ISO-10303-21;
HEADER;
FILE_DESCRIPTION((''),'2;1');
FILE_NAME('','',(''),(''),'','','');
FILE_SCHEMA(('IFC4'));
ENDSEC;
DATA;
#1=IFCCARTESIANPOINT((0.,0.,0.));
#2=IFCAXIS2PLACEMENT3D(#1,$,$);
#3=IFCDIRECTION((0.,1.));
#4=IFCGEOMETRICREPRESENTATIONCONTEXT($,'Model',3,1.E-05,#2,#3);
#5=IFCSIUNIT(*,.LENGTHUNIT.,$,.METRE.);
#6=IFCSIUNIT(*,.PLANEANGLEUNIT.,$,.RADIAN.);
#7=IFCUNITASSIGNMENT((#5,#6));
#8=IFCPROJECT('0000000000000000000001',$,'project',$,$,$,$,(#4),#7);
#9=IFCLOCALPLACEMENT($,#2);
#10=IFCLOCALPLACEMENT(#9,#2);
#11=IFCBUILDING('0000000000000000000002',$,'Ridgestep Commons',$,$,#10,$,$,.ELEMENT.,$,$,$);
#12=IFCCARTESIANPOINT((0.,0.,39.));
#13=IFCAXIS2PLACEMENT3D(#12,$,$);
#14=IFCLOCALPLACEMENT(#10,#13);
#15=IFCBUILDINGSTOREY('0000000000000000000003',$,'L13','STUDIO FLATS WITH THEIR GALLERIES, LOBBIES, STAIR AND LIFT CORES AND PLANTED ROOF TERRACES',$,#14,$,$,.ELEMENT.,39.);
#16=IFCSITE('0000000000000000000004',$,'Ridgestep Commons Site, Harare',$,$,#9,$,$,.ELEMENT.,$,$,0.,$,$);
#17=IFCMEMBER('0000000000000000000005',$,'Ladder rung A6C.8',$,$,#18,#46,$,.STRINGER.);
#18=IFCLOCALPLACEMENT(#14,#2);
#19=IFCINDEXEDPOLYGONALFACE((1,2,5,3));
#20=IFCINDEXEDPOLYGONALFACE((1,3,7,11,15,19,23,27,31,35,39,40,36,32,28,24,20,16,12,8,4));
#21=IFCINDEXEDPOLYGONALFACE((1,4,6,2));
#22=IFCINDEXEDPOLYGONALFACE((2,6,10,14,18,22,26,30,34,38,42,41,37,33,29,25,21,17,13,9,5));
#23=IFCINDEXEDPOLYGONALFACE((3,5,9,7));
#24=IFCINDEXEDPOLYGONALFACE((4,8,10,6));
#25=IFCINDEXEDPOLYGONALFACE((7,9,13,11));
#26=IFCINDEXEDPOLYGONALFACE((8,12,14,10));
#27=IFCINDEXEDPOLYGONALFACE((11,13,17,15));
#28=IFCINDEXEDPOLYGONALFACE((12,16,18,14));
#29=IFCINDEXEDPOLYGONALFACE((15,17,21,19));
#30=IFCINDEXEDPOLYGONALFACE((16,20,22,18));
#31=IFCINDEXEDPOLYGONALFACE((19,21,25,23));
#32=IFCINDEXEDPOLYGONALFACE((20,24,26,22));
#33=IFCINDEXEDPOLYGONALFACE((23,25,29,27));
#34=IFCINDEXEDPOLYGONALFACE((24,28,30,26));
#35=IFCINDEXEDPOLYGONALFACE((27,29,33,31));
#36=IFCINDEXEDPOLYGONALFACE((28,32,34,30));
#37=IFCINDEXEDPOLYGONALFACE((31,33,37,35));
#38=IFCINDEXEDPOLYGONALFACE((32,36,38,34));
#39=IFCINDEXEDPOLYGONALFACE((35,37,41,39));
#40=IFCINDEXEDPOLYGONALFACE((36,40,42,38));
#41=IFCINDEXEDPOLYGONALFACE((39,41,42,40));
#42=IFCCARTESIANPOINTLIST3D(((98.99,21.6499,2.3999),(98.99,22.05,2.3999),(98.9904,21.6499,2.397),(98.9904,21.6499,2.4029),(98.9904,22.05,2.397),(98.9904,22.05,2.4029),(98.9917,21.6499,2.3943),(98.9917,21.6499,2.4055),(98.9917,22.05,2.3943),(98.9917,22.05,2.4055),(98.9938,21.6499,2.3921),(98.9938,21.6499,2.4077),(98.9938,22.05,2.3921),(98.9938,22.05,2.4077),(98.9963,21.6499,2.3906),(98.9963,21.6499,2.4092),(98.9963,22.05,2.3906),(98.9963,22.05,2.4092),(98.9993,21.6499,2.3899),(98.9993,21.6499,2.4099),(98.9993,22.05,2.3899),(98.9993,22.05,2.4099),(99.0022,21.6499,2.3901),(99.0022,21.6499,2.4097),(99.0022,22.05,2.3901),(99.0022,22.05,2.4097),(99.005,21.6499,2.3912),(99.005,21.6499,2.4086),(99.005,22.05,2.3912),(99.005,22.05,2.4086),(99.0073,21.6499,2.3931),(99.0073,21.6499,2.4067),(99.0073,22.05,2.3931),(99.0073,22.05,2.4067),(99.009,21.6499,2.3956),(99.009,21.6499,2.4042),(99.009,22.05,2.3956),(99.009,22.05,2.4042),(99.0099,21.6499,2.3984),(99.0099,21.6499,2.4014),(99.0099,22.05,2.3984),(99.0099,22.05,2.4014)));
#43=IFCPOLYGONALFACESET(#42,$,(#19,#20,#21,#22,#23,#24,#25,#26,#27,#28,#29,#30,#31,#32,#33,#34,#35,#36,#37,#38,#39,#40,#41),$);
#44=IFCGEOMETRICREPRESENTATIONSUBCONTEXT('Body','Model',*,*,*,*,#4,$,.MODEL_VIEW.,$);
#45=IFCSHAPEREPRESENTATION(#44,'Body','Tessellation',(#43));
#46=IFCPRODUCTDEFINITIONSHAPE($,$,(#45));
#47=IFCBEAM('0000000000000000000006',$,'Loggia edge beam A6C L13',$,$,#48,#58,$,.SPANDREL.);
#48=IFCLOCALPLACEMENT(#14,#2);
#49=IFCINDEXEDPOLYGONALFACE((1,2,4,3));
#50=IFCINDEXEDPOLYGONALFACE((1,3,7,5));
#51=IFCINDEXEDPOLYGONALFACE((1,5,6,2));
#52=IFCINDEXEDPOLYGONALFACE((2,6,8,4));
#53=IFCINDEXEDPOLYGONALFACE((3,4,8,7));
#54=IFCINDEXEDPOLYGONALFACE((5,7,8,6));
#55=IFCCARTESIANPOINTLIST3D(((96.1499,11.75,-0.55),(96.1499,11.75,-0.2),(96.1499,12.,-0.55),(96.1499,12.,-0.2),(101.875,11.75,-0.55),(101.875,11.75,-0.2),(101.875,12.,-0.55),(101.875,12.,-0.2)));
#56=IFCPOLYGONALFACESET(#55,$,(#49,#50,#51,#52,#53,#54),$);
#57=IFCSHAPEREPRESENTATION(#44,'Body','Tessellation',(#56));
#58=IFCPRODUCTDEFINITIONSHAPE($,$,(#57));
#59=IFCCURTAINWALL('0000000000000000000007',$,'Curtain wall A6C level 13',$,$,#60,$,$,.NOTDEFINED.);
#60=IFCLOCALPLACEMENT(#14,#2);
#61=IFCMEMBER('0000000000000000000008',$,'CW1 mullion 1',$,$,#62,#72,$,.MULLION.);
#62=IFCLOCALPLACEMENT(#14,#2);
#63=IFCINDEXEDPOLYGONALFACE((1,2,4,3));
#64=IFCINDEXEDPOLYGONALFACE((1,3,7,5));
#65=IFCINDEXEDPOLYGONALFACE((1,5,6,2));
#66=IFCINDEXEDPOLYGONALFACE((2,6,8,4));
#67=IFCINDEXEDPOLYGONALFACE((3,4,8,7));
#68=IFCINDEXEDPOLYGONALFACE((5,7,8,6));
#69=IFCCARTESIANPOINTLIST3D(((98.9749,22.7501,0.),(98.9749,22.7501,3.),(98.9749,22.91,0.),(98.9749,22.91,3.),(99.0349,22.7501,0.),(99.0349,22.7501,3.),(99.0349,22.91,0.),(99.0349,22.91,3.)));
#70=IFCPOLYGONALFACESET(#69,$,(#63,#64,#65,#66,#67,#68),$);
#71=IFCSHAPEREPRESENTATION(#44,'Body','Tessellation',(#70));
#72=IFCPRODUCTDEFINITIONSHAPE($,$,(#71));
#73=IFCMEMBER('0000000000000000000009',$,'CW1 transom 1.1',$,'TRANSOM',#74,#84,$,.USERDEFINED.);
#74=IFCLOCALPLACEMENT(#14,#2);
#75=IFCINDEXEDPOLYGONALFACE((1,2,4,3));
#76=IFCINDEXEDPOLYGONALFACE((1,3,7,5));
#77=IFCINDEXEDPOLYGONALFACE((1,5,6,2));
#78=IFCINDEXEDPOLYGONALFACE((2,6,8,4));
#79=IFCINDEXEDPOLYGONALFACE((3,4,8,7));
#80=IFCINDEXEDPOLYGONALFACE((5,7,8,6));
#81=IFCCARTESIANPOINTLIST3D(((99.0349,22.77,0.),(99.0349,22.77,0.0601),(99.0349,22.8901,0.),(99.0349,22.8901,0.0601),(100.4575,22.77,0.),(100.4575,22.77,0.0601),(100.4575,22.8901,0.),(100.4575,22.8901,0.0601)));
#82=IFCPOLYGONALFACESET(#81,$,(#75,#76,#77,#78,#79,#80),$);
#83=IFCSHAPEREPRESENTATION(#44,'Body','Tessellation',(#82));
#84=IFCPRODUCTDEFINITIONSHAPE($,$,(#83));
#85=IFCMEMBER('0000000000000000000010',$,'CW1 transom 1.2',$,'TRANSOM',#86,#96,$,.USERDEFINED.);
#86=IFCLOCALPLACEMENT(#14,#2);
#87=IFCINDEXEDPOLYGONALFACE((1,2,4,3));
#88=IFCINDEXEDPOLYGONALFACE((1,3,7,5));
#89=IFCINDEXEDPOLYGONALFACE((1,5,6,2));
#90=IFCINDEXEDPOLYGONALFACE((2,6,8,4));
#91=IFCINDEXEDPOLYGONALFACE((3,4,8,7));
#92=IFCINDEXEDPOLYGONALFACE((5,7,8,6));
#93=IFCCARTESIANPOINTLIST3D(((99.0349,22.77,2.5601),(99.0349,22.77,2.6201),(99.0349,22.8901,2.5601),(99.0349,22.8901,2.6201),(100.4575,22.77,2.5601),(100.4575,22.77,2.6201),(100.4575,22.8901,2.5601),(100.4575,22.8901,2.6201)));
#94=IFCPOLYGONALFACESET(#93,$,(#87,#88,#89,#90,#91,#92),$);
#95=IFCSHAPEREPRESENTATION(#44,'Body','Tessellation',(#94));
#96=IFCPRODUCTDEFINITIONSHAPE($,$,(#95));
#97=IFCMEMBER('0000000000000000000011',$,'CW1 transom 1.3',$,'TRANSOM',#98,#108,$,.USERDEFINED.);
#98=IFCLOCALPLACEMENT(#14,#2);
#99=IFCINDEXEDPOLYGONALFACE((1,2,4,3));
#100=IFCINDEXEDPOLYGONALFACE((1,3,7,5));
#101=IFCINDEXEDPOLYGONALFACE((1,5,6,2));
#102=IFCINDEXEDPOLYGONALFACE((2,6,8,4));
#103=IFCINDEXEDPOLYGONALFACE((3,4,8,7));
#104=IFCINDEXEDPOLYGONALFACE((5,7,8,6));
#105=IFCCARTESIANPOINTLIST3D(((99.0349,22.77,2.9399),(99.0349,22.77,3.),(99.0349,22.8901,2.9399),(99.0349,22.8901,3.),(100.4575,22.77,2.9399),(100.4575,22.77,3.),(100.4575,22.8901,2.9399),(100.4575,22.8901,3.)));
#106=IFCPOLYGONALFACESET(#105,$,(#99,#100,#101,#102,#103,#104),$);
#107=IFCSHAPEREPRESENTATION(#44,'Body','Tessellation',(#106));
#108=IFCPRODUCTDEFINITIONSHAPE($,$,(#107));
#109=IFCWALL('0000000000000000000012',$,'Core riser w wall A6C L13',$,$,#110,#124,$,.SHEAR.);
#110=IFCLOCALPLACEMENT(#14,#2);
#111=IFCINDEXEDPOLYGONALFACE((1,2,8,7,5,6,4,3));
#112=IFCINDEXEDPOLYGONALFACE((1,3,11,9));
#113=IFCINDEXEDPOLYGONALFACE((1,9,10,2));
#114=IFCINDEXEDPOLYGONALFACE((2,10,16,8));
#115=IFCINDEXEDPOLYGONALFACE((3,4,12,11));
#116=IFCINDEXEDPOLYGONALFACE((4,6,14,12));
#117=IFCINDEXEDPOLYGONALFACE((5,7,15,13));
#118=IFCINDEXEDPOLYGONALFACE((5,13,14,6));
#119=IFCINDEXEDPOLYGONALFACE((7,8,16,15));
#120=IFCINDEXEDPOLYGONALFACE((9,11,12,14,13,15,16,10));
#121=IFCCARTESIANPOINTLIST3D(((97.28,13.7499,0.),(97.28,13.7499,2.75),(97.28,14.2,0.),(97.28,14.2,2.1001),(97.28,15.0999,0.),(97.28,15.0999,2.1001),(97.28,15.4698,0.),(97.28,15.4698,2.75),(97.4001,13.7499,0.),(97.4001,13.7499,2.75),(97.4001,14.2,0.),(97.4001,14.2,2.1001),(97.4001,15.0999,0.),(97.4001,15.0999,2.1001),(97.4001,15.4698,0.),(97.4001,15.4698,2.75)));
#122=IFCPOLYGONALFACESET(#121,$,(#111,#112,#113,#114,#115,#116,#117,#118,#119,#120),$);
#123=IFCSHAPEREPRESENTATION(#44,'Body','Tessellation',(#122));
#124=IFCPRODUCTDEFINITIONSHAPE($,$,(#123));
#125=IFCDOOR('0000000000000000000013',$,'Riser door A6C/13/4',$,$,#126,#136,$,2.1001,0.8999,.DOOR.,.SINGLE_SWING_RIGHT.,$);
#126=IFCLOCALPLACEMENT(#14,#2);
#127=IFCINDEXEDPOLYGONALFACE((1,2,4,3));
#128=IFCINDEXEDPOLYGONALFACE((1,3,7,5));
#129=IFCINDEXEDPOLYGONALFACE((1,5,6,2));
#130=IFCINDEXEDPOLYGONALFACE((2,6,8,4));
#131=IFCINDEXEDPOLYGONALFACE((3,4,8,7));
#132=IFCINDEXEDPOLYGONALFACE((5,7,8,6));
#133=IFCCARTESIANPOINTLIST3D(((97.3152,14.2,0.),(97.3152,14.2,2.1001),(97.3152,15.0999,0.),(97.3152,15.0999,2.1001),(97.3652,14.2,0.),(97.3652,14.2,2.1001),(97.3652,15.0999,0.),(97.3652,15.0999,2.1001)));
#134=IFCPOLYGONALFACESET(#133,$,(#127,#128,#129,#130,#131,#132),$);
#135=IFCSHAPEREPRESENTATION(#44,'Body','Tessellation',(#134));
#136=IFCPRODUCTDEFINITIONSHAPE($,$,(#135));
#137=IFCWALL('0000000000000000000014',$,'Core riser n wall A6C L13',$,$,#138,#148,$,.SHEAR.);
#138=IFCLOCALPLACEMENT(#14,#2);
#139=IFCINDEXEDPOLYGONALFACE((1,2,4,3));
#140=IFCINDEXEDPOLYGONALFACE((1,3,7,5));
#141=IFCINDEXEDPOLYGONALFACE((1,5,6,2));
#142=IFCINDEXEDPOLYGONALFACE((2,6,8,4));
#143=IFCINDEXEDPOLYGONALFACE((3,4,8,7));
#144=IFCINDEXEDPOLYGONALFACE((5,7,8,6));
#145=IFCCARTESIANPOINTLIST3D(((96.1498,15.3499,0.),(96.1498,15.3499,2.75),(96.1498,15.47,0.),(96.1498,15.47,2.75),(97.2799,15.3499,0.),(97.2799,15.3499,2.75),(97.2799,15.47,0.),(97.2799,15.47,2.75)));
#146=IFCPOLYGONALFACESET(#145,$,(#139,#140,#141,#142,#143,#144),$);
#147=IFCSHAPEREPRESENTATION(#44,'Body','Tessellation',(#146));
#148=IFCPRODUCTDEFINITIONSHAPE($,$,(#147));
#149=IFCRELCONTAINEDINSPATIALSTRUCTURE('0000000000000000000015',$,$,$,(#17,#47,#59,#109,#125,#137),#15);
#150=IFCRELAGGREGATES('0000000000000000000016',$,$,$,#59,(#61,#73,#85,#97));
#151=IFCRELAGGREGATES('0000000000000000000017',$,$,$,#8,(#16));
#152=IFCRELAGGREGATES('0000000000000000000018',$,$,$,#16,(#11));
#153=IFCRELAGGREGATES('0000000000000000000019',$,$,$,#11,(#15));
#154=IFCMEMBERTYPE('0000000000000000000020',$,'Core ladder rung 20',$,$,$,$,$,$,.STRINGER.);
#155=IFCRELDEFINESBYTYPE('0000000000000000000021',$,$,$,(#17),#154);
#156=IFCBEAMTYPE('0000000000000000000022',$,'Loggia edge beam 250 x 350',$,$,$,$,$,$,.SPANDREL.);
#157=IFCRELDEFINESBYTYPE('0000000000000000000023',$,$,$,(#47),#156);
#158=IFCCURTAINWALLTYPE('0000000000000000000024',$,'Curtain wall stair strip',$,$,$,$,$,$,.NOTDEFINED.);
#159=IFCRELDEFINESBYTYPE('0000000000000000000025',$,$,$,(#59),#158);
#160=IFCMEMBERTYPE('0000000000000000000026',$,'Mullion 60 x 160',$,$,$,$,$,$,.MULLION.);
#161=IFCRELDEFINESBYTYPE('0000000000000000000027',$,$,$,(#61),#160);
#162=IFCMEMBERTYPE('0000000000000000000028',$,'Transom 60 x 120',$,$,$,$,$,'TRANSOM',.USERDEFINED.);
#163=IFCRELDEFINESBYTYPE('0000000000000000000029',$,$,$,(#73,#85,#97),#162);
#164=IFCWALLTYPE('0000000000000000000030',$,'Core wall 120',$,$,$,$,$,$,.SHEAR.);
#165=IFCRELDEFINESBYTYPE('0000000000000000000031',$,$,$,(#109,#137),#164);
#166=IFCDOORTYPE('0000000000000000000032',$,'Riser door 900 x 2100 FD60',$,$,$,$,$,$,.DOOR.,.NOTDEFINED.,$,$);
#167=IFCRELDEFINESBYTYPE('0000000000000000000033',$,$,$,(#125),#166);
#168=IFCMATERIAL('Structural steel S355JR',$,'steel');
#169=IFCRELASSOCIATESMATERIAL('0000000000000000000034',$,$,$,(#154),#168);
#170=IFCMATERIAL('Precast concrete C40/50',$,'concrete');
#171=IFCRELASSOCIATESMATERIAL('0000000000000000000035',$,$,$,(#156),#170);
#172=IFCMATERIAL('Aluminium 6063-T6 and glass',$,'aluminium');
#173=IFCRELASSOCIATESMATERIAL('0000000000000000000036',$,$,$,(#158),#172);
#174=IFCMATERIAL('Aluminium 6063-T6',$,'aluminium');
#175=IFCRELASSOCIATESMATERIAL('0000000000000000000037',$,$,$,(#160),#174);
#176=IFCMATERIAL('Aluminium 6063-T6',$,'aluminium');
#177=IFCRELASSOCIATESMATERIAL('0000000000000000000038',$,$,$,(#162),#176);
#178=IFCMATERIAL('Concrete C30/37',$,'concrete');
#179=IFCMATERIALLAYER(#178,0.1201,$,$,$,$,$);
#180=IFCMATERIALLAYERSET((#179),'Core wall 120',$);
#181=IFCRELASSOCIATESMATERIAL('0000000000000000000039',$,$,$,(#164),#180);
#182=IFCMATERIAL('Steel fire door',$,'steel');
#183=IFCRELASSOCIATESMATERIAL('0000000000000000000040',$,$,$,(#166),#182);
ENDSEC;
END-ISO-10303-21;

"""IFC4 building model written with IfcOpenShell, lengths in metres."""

from ifc_helpers import new_model, si_unit, direction, frame, frame_2d, origin, origin_2d, place, context, subcontext, project, spatial, rectangle, circle, extrude, material, layer, layer_set, material_profile, profile_set, type_object, element, fill, aggregate, save


model = new_model("IFC4")

# Units and contexts
model_context = context("Model", 3, precision=1e-05, world=origin(), true_north=direction((0.0, 1.0)))
body_context = subcontext(model_context, "Body", "Model", "MODEL_VIEW")
ifc_project = project(units=[si_unit("LENGTHUNIT", "METRE"), si_unit("PLANEANGLEUNIT", "RADIAN")], contexts=[model_context])

# Site, building, storey
site_placement = place(None, origin())
site = spatial("IfcSite", under=ifc_project, at=site_placement, Name="Ridgestep Commons Site, Harare", CompositionType="ELEMENT", RefElevation=0.0)
building_placement = place(site_placement, origin())
building = spatial("IfcBuilding", under=site, at=building_placement, Name="Ridgestep Commons", CompositionType="ELEMENT")
storey_placement = place(building_placement, frame((0.0, 0.0, 39.0)))
storey = spatial("IfcBuildingStorey", under=building, at=storey_placement, Name="L13", Description="STUDIO FLATS WITH THEIR GALLERIES, LOBBIES, STAIR AND LIFT CORES AND PLANTED ROOF TERRACES", CompositionType="ELEMENT", Elevation=39.0)

# Member
ifc_material_1 = material(Name="Structural steel S355JR", Category="steel")
ifc_material_profile_1 = material_profile(ifc_material_1, circle(Radius=0.01, at=origin_2d()), Name="Round bar 20")
ifc_profile_set_1 = profile_set([ifc_material_profile_1], Name="Structural steel S355JR")
member_type_1 = type_object("IfcMemberType", Name="Core ladder rung 20", PredefinedType="STRINGER", material=ifc_profile_set_1)
for number, where, z_axis, x_axis, name in (
    (1, (99.0, 21.6499, 2.3999), (0.0, 1.0, 0.0), (-1.0, 0.0, 0.0), "Ladder rung A6C.8"),
):
    element("IfcMember", number, at=place(storey_placement, frame(where, z_axis=z_axis, x_axis=x_axis)), inside=storey, type_object=member_type_1, Name=name, PredefinedType="STRINGER", context=body_context, shape_type="SweptSolid", body=[
        extrude(circle(Radius=0.01, at=origin_2d()), origin(), (0.0, 0.0, 1.0), 0.4001),
    ])

# Beam
ifc_material_2 = material(Name="Precast concrete C40/50", Category="concrete")
ifc_material_profile_2 = material_profile(ifc_material_2, rectangle(XDim=0.25, YDim=0.3501, at=origin_2d()), Name="PC 250x350")
ifc_profile_set_2 = profile_set([ifc_material_profile_2], Name="Precast concrete C40/50")
beam_type = type_object("IfcBeamType", Name="Loggia edge beam 250 x 350", PredefinedType="SPANDREL", material=ifc_profile_set_2)
beam_placement = place(storey_placement, frame((96.1499, 11.875, -0.375), z_axis=(1.0, 0.0, 0.0), x_axis=(0.0, 1.0, 0.0)))
element("IfcBeam", 2, at=beam_placement, inside=storey, type_object=beam_type, Name="Loggia edge beam A6C L13", PredefinedType="SPANDREL", context=body_context, shape_type="SweptSolid", body=[
    extrude(rectangle(XDim=0.25, YDim=0.3501, at=origin_2d()), origin(), (0.0, 0.0, 1.0), 5.7251),
])

# Curtain wall, members
ifc_material_3 = material(Name="Aluminium 6063-T6 and glass", Category="aluminium")
curtain_wall_type = type_object("IfcCurtainWallType", Name="Curtain wall stair strip", PredefinedType="NOTDEFINED", material=ifc_material_3)
curtain_wall_placement = place(storey_placement, origin())
curtain_wall = element("IfcCurtainWall", 3, at=curtain_wall_placement, inside=storey, type_object=curtain_wall_type, Name="Curtain wall A6C level 13", PredefinedType="NOTDEFINED")
ifc_material_4 = material(Name="Aluminium 6063-T6", Category="aluminium")
ifc_material_profile_3 = material_profile(ifc_material_4, rectangle(XDim=0.1599, YDim=0.0601, at=origin_2d()), Name="Mullion 60 x 160")
ifc_profile_set_3 = profile_set([ifc_material_profile_3], Name="Aluminium 6063-T6")
member_type_2 = type_object("IfcMemberType", Name="Mullion 60 x 160", PredefinedType="MULLION", material=ifc_profile_set_3)
member_1_placement = place(storey_placement, frame((99.0049, 22.8301, 0.0), z_axis=(0.0, 0.0, 1.0), x_axis=(0.0, 1.0, 0.0)))
member_1 = element("IfcMember", 4, at=member_1_placement, type_object=member_type_2, Name="CW1 mullion 1", PredefinedType="MULLION", context=body_context, shape_type="SweptSolid", body=[
    extrude(rectangle(XDim=0.1599, YDim=0.0601, at=origin_2d()), origin(), (0.0, 0.0, 1.0), 3.0),
])
ifc_material_5 = material(Name="Aluminium 6063-T6", Category="aluminium")
ifc_material_profile_4 = material_profile(ifc_material_5, rectangle(XDim=0.1201, YDim=0.0601, at=origin_2d()), Name="Transom 60 x 120")
ifc_profile_set_4 = profile_set([ifc_material_profile_4], Name="Aluminium 6063-T6")
member_type_3 = type_object("IfcMemberType", Name="Transom 60 x 120", ElementType="TRANSOM", PredefinedType="USERDEFINED", material=ifc_profile_set_4)
member_2_placement = place(storey_placement, frame((99.0349, 22.8301, 0.03), z_axis=(1.0, 0.0, 0.0), x_axis=(0.0, 1.0, 0.0)))
member_2 = element("IfcMember", 5, at=member_2_placement, type_object=member_type_3, Name="CW1 transom 1.1", ObjectType="TRANSOM", PredefinedType="USERDEFINED", context=body_context, shape_type="SweptSolid", body=[
    extrude(rectangle(XDim=0.1201, YDim=0.0601, at=origin_2d()), origin(), (0.0, 0.0, 1.0), 1.4226),
])
member_3_placement = place(storey_placement, frame((99.0349, 22.8301, 2.5901), z_axis=(1.0, 0.0, 0.0), x_axis=(0.0, 1.0, 0.0)))
member_3 = element("IfcMember", 6, at=member_3_placement, type_object=member_type_3, Name="CW1 transom 1.2", ObjectType="TRANSOM", PredefinedType="USERDEFINED", context=body_context, shape_type="SweptSolid", body=[
    extrude(rectangle(XDim=0.1201, YDim=0.0601, at=origin_2d()), origin(), (0.0, 0.0, 1.0), 1.4226),
])
member_4_placement = place(storey_placement, frame((99.0349, 22.8301, 2.97), z_axis=(1.0, 0.0, 0.0), x_axis=(0.0, 1.0, 0.0)))
member_4 = element("IfcMember", 7, at=member_4_placement, type_object=member_type_3, Name="CW1 transom 1.3", ObjectType="TRANSOM", PredefinedType="USERDEFINED", context=body_context, shape_type="SweptSolid", body=[
    extrude(rectangle(XDim=0.1201, YDim=0.0601, at=origin_2d()), origin(), (0.0, 0.0, 1.0), 1.4226),
])
aggregate(curtain_wall, [member_1, member_2, member_3, member_4])

# Wall, opening, door
ifc_material_6 = material(Name="Concrete C30/37", Category="concrete")
ifc_layer_1 = layer(ifc_material_6, 0.1201)
ifc_layer_set_1 = layer_set([ifc_layer_1], Name="Core wall 120")
wall_type_1 = type_object("IfcWallType", Name="Core wall 120", PredefinedType="SHEAR", material=ifc_layer_set_1)
wall_1_placement = place(storey_placement, frame((97.3401, 13.75, 0.0), z_axis=(0.0, 0.0, 1.0), x_axis=(0.0, 1.0, 0.0)))
wall_1 = element("IfcWall", 8, at=wall_1_placement, inside=storey, type_object=wall_type_1, Name="Core riser w wall A6C L13", PredefinedType="SHEAR", context=body_context, shape_type="SweptSolid", body=[
    extrude(rectangle(XDim=1.72, YDim=0.1201, at=frame_2d((0.8599, 0.0))), origin(), (0.0, 0.0, 1.0), 2.75),
])
opening_1_placement = place(wall_1_placement, frame((0.45, 0.0, 0.0)))
opening_1 = element("IfcOpeningElement", 9, at=opening_1_placement, cuts=wall_1, PredefinedType="OPENING", context=body_context, shape_type="SweptSolid", body=[
    extrude(rectangle(XDim=0.8999, YDim=2.1001, at=frame_2d((0.45, 1.05))), frame((0.0, 0.0701, 0.0), z_axis=(0.0, -1.0, 0.0), x_axis=(1.0, 0.0, 0.0)), (0.0, 0.0, 1.0), 0.1401),
])
ifc_material_7 = material(Name="Steel fire door", Category="steel")
door_type_1 = type_object("IfcDoorType", Name="Riser door 900 x 2100 FD60", OperationType="NOTDEFINED", PredefinedType="DOOR", material=ifc_material_7)
door_1_placement = place(opening_1_placement, origin())
door_1 = element("IfcDoor", 10, at=door_1_placement, inside=storey, type_object=door_type_1, Name="Riser door A6C/13/4", OperationType="SINGLE_SWING_RIGHT", OverallHeight=2.1001, OverallWidth=0.8999, PredefinedType="DOOR", context=body_context, shape_type="SweptSolid", body=[
    extrude(rectangle(XDim=0.8999, YDim=2.1001, at=frame_2d((0.45, 1.05))), frame((0.0, 0.0249, 0.0), z_axis=(0.0, -1.0, 0.0), x_axis=(1.0, 0.0, 0.0)), (0.0, 0.0, 1.0), 0.05),
])
fill(opening_1, door_1)

# Wall
wall_2_placement = place(storey_placement, frame((96.1499, 15.4099, 0.0), z_axis=(0.0, 0.0, 1.0), x_axis=(1.0, 0.0, 0.0)))
element("IfcWall", 11, at=wall_2_placement, inside=storey, type_object=wall_type_1, Name="Core riser n wall A6C L13", PredefinedType="SHEAR", context=body_context, shape_type="SweptSolid", body=[
    extrude(rectangle(XDim=1.1301, YDim=0.1201, at=frame_2d((0.5649, 0.0))), origin(), (0.0, 0.0, 1.0), 2.75),
])

save(model, "model.ifc")
